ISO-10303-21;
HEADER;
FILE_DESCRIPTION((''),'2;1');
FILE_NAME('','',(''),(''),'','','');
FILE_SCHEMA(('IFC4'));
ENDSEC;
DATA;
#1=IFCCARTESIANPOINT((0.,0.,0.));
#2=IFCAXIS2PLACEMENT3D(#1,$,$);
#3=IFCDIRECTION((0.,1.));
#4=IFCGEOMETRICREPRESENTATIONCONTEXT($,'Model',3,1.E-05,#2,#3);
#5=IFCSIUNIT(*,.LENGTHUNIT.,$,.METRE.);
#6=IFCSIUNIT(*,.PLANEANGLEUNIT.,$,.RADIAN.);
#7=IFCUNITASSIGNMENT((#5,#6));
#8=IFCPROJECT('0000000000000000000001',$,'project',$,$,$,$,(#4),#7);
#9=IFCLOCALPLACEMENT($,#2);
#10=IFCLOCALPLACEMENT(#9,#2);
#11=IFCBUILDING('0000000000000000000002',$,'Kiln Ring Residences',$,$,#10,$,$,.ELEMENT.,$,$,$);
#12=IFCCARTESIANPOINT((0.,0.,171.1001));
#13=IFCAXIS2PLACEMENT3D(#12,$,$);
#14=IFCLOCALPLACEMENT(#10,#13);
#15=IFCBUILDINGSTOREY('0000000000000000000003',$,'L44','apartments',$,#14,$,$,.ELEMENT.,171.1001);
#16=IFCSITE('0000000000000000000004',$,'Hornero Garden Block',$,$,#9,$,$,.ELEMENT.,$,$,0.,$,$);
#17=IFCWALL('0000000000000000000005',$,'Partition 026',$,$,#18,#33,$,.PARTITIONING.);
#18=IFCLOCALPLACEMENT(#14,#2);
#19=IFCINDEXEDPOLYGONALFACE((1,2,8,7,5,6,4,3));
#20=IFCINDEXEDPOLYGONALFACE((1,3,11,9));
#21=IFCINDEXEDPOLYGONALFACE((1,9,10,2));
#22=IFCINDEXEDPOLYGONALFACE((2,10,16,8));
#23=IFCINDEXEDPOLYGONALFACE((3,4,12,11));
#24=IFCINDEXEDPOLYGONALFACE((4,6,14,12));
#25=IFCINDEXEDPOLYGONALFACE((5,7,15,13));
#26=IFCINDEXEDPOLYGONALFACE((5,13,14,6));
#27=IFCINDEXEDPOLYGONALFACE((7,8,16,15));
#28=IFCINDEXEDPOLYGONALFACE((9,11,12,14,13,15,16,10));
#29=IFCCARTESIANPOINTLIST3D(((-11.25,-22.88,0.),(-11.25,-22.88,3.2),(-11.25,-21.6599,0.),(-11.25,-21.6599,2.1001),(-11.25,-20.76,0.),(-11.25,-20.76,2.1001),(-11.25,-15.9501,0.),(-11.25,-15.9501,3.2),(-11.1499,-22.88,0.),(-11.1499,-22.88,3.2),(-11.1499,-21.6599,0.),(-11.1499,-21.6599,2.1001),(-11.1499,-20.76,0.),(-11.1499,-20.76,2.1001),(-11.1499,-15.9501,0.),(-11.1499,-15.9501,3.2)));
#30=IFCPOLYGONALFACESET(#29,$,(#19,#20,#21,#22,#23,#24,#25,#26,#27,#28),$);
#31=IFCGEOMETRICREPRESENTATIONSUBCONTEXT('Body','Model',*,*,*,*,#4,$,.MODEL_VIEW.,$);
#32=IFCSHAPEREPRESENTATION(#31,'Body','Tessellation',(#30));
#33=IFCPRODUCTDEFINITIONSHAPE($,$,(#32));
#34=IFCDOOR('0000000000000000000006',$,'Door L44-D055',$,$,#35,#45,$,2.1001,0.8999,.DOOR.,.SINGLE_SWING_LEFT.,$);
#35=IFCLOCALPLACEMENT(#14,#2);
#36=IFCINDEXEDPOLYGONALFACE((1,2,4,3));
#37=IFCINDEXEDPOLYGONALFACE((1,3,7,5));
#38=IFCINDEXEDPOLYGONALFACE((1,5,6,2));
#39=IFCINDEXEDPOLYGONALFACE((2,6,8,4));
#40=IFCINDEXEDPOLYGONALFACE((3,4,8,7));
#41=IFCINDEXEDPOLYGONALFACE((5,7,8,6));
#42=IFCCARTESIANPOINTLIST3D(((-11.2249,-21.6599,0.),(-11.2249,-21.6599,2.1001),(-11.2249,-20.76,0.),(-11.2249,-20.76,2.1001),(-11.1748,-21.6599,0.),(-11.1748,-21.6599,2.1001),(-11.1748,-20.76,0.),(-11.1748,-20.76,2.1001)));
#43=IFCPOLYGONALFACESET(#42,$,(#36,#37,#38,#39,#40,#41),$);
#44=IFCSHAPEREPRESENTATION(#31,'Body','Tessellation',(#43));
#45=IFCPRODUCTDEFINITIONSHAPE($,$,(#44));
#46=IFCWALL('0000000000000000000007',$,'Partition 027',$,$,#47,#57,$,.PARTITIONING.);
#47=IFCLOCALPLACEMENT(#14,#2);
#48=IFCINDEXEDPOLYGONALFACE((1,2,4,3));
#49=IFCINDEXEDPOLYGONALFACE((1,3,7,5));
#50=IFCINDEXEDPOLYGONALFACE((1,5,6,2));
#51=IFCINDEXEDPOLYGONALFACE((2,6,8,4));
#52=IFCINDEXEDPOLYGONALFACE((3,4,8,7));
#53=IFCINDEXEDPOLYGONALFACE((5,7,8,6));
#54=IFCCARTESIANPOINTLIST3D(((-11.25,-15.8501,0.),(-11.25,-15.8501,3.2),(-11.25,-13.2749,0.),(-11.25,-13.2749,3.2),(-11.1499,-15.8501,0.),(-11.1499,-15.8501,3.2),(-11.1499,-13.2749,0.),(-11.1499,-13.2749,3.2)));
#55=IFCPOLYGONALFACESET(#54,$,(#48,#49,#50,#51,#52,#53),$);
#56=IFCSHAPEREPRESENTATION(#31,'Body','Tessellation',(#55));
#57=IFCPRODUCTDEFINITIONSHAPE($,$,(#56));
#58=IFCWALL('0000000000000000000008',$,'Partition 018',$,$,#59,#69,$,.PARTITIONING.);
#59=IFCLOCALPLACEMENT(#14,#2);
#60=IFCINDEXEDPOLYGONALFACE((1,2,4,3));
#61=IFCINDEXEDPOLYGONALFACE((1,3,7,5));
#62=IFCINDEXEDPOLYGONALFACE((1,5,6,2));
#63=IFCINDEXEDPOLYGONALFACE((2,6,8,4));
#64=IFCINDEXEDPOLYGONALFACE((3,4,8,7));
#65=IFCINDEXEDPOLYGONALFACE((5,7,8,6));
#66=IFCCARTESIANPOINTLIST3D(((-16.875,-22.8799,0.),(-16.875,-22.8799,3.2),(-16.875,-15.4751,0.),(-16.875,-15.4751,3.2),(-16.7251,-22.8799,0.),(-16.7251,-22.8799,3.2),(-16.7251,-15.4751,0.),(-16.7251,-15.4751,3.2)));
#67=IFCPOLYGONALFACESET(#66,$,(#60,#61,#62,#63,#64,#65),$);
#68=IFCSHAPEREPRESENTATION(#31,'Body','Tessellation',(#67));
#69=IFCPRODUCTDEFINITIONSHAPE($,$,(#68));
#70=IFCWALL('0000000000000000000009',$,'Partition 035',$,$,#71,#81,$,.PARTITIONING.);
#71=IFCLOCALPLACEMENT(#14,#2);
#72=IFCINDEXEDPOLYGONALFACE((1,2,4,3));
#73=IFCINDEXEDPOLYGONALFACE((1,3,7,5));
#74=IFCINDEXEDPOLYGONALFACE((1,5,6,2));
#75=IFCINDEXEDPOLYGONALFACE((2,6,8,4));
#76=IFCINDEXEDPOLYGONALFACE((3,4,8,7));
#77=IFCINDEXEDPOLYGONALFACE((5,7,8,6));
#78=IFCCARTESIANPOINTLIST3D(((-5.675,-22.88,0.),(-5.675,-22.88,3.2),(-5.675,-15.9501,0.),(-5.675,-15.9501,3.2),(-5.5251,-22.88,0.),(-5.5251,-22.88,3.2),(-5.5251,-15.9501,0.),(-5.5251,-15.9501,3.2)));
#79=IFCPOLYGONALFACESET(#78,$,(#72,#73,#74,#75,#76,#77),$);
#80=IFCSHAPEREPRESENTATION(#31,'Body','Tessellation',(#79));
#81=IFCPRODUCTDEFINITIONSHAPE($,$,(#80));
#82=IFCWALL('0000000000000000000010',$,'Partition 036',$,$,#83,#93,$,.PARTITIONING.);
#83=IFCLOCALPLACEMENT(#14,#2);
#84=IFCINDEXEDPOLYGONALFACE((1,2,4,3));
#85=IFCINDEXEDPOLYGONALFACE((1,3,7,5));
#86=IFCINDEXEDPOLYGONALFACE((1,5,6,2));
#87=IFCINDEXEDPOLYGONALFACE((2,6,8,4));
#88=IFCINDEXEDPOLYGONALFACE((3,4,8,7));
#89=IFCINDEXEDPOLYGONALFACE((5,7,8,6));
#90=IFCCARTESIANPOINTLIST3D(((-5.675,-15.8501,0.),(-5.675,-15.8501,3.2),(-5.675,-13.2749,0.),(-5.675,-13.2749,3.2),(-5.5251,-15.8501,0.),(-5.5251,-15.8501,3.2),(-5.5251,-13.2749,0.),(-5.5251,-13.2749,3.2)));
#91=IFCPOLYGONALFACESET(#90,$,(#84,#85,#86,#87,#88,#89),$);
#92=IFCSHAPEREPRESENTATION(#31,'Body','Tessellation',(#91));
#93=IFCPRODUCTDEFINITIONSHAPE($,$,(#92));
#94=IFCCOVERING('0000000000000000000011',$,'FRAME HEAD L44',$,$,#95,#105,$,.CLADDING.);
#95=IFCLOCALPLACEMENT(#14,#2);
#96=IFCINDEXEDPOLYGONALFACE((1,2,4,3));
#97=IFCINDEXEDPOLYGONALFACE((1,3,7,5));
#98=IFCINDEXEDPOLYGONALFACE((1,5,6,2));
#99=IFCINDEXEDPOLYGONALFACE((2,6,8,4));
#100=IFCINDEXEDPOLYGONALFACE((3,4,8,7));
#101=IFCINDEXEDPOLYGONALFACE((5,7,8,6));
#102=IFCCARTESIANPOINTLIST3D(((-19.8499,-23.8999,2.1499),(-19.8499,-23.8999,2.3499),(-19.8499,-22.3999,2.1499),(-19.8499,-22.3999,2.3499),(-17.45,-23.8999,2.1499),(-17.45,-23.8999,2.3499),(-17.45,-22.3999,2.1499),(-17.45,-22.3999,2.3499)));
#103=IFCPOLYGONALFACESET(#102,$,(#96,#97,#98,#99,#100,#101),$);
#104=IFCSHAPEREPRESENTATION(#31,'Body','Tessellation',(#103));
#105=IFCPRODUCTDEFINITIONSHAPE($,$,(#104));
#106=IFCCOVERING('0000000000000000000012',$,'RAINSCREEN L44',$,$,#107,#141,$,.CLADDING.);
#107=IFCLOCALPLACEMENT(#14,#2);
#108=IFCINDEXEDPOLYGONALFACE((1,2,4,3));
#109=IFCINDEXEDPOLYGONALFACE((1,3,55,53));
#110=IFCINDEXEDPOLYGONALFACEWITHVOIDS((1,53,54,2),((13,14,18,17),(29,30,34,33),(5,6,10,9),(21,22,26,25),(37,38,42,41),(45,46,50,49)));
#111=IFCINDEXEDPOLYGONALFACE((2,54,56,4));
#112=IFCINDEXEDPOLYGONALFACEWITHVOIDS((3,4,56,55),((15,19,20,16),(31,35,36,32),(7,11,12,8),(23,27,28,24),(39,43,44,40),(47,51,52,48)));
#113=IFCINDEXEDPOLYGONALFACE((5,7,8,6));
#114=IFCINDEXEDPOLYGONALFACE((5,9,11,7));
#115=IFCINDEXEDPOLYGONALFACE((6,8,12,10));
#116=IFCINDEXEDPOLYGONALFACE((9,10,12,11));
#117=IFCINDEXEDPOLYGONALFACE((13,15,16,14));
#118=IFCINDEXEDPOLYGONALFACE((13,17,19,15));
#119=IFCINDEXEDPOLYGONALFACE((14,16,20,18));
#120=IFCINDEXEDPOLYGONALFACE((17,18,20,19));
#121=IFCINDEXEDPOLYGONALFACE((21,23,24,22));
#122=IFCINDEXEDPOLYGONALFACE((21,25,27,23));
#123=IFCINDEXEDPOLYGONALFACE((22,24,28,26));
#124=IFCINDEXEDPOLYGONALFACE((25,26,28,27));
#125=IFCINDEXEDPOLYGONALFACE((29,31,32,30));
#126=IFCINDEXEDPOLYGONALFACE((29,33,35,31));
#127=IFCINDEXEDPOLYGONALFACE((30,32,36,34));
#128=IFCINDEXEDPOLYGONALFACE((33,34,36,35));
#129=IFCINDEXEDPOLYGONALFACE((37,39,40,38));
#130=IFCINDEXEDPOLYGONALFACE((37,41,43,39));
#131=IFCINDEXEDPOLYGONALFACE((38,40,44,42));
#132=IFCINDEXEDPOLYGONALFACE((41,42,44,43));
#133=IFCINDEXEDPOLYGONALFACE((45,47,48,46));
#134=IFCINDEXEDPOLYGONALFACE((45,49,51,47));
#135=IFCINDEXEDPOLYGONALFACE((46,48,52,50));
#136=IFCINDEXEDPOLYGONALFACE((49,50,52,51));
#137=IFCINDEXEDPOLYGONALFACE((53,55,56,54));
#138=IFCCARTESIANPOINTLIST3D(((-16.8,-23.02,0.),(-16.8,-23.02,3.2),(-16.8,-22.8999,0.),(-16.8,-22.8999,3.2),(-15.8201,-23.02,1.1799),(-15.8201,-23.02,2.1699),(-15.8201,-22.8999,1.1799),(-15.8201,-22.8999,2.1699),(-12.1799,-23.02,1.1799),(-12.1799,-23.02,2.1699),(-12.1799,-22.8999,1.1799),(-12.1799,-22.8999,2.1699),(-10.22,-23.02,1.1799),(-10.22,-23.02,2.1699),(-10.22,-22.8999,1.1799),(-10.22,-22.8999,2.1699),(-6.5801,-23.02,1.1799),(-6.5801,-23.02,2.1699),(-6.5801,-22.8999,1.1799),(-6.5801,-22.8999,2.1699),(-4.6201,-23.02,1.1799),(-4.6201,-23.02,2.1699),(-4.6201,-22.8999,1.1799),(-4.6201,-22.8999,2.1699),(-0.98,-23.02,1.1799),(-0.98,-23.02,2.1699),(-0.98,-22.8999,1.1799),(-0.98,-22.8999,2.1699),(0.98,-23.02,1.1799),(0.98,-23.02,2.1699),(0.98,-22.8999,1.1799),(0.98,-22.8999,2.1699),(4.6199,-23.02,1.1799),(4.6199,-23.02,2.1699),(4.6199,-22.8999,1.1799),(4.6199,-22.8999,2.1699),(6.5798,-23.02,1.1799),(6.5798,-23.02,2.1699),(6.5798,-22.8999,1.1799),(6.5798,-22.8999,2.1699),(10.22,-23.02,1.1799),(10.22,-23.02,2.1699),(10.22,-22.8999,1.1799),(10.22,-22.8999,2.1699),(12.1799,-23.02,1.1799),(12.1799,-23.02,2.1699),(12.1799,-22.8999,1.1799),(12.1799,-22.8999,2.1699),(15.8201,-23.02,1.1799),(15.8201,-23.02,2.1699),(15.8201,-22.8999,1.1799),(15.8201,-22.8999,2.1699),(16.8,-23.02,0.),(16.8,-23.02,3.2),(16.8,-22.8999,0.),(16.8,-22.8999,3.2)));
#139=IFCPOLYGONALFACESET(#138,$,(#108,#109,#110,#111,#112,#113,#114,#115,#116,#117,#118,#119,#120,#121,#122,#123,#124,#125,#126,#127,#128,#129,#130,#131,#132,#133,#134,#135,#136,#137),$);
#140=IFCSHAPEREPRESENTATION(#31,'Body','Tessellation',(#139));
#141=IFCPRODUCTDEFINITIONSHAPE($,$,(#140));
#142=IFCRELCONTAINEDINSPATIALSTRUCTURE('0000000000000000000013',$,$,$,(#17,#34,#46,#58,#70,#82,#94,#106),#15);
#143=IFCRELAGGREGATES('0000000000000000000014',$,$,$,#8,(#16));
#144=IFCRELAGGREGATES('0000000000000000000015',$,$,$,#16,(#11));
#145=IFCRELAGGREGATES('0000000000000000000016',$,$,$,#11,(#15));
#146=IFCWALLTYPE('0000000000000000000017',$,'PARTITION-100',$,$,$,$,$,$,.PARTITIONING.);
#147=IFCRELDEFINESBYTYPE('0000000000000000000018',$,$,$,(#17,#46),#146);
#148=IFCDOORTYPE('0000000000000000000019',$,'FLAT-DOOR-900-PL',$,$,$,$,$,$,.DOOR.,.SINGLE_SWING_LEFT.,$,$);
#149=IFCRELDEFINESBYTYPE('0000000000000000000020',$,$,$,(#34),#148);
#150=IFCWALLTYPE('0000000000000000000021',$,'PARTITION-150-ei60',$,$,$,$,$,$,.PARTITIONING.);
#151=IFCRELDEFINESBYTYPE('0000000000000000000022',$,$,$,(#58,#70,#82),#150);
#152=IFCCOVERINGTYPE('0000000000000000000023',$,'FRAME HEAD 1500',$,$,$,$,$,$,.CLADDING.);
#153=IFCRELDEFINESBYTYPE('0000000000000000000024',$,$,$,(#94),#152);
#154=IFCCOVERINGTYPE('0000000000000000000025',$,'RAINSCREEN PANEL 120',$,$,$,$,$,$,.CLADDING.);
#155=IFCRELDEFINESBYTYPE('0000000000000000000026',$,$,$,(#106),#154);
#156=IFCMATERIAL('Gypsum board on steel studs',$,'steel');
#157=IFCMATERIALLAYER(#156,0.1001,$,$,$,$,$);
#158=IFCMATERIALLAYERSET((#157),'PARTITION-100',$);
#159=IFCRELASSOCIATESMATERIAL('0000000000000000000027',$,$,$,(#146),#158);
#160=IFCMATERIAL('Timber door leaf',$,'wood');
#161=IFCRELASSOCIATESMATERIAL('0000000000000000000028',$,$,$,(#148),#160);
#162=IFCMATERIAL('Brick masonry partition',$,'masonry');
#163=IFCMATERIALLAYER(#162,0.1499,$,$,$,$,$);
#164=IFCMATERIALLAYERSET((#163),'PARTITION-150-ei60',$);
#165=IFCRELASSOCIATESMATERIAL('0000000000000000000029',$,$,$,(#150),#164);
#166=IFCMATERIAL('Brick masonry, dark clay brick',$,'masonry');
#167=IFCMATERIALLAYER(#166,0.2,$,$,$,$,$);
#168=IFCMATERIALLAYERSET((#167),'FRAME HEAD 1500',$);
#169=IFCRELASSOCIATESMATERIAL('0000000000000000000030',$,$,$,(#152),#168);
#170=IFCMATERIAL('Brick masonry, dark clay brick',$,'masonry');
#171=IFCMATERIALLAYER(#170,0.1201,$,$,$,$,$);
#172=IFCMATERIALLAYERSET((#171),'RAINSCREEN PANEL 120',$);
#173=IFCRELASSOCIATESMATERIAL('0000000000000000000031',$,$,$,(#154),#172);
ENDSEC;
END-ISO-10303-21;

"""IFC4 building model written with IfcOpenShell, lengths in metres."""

from ifc_helpers import new_model, si_unit, direction, frame, frame_2d, origin, origin_2d, place, context, subcontext, project, spatial, polyline, rectangle, outline, extrude, material, layer, layer_set, type_object, element, fill, save


model = new_model("IFC4")

# Units and contexts
model_context = context("Model", 3, precision=1e-05, world=origin(), true_north=direction((0.0, 1.0)))
body_context = subcontext(model_context, "Body", "Model", "MODEL_VIEW")
ifc_project = project(units=[si_unit("LENGTHUNIT", "METRE"), si_unit("PLANEANGLEUNIT", "RADIAN")], contexts=[model_context])

# Site, building, storey
site_placement = place(None, origin())
site = spatial("IfcSite", under=ifc_project, at=site_placement, Name="Hornero Garden Block", CompositionType="ELEMENT", RefElevation=0.0)
building_placement = place(site_placement, origin())
building = spatial("IfcBuilding", under=site, at=building_placement, Name="Kiln Ring Residences", CompositionType="ELEMENT")
storey_placement = place(building_placement, frame((0.0, 0.0, 171.1001)))
storey = spatial("IfcBuildingStorey", under=building, at=storey_placement, Name="L44", Description="apartments", CompositionType="ELEMENT", Elevation=171.1001)

# Shared definitions
ifc_material_1 = material(Name="Gypsum board on steel studs", Category="steel")
ifc_layer_1 = layer(ifc_material_1, 0.1001)
ifc_layer_set_1 = layer_set([ifc_layer_1], Name="PARTITION-100")
wall_type_1 = type_object("IfcWallType", Name="PARTITION-100", PredefinedType="PARTITIONING", material=ifc_layer_set_1)
ifc_material_2 = material(Name="Timber door leaf", Category="wood")
door_type_1 = type_object("IfcDoorType", Name="FLAT-DOOR-900-PL", OperationType="SINGLE_SWING_LEFT", PredefinedType="DOOR", material=ifc_material_2)

# Wall, opening, door
wall_1_placement = place(storey_placement, frame((-11.2, -22.8799, 0.0), z_axis=(0.0, 0.0, 1.0), x_axis=(0.0, 1.0, 0.0)))
wall_1 = element("IfcWall", 1, at=wall_1_placement, inside=storey, type_object=wall_type_1, Name="Partition 026", PredefinedType="PARTITIONING", context=body_context, shape_type="SweptSolid", body=[
    extrude(rectangle(XDim=6.9299, YDim=0.1001, at=frame_2d((3.4648, 0.0))), origin(), (0.0, 0.0, 1.0), 3.2),
])
opening_1_placement = place(wall_1_placement, frame((1.22, 0.0, 0.0)))
opening_1 = element("IfcOpeningElement", 2, at=opening_1_placement, cuts=wall_1, PredefinedType="OPENING", context=body_context, shape_type="SweptSolid", body=[
    extrude(rectangle(XDim=0.8999, YDim=2.1001, at=frame_2d((0.45, 1.05))), frame((0.0, 0.0601, 0.0), z_axis=(0.0, -1.0, 0.0), x_axis=(1.0, 0.0, 0.0)), (0.0, 0.0, 1.0), 0.1201),
])
door_1_placement = place(opening_1_placement, origin())
door_1 = element("IfcDoor", 3, at=door_1_placement, inside=storey, type_object=door_type_1, Name="Door L44-D055", OperationType="SINGLE_SWING_LEFT", OverallHeight=2.1001, OverallWidth=0.8999, PredefinedType="DOOR", context=body_context, shape_type="SweptSolid", body=[
    extrude(rectangle(XDim=0.8999, YDim=2.1001, at=frame_2d((0.45, 1.05))), frame((0.0, 0.0249, 0.0), z_axis=(0.0, -1.0, 0.0), x_axis=(1.0, 0.0, 0.0)), (0.0, 0.0, 1.0), 0.05),
])
fill(opening_1, door_1)

# Walls
wall_2_placement = place(storey_placement, frame((-11.2, -15.8501, 0.0), z_axis=(0.0, 0.0, 1.0), x_axis=(0.0, 1.0, 0.0)))
element("IfcWall", 4, at=wall_2_placement, inside=storey, type_object=wall_type_1, Name="Partition 027", PredefinedType="PARTITIONING", context=body_context, shape_type="SweptSolid", body=[
    extrude(rectangle(XDim=2.5752, YDim=0.1001, at=frame_2d((1.2876, 0.0))), origin(), (0.0, 0.0, 1.0), 3.2),
])
ifc_material_3 = material(Name="Brick masonry partition", Category="masonry")
ifc_layer_2 = layer(ifc_material_3, 0.1499)
ifc_layer_set_2 = layer_set([ifc_layer_2], Name="PARTITION-150-ei60")
wall_type_2 = type_object("IfcWallType", Name="PARTITION-150-ei60", PredefinedType="PARTITIONING", material=ifc_layer_set_2)
wall_3_placement = place(storey_placement, frame((-16.8, -22.8799, 0.0), z_axis=(0.0, 0.0, 1.0), x_axis=(0.0, 1.0, 0.0)))
element("IfcWall", 5, at=wall_3_placement, inside=storey, type_object=wall_type_2, Name="Partition 018", PredefinedType="PARTITIONING", context=body_context, shape_type="SweptSolid", body=[
    extrude(rectangle(XDim=7.4048, YDim=0.1499, at=frame_2d((3.7024, 0.0))), origin(), (0.0, 0.0, 1.0), 3.2),
])
wall_4_placement = place(storey_placement, frame((-5.6001, -22.8799, 0.0), z_axis=(0.0, 0.0, 1.0), x_axis=(0.0, 1.0, 0.0)))
element("IfcWall", 6, at=wall_4_placement, inside=storey, type_object=wall_type_2, Name="Partition 035", PredefinedType="PARTITIONING", context=body_context, shape_type="SweptSolid", body=[
    extrude(rectangle(XDim=6.9299, YDim=0.1499, at=frame_2d((3.4648, 0.0))), origin(), (0.0, 0.0, 1.0), 3.2),
])
wall_5_placement = place(storey_placement, frame((-5.6001, -15.8501, 0.0), z_axis=(0.0, 0.0, 1.0), x_axis=(0.0, 1.0, 0.0)))
element("IfcWall", 7, at=wall_5_placement, inside=storey, type_object=wall_type_2, Name="Partition 036", PredefinedType="PARTITIONING", context=body_context, shape_type="SweptSolid", body=[
    extrude(rectangle(XDim=2.5752, YDim=0.1499, at=frame_2d((1.2876, 0.0))), origin(), (0.0, 0.0, 1.0), 3.2),
])

# Coverings
ifc_material_4 = material(Name="Brick masonry, dark clay brick", Category="masonry")
ifc_layer_3 = layer(ifc_material_4, 0.2)
ifc_layer_set_3 = layer_set([ifc_layer_3], Name="FRAME HEAD 1500")
covering_type_1 = type_object("IfcCoveringType", Name="FRAME HEAD 1500", PredefinedType="CLADDING", material=ifc_layer_set_3)
covering_1_placement = place(storey_placement, frame((-18.6499, -23.1499, 2.1499), z_axis=(0.0, 0.0, 1.0), x_axis=(1.0, 0.0, 0.0)))
element("IfcCovering", 8, at=covering_1_placement, inside=storey, type_object=covering_type_1, Name="FRAME HEAD L44", PredefinedType="CLADDING", context=body_context, shape_type="SweptSolid", body=[
    extrude(rectangle(XDim=2.3999, YDim=1.5, at=origin_2d()), origin(), (0.0, 0.0, 1.0), 0.2),
])
ifc_material_5 = material(Name="Brick masonry, dark clay brick", Category="masonry")
ifc_layer_4 = layer(ifc_material_5, 0.1201)
ifc_layer_set_4 = layer_set([ifc_layer_4], Name="RAINSCREEN PANEL 120")
covering_type_2 = type_object("IfcCoveringType", Name="RAINSCREEN PANEL 120", PredefinedType="CLADDING", material=ifc_layer_set_4)
covering_2_placement = place(storey_placement, frame((-16.8, -22.96, 0.0), z_axis=(0.0, 0.0, 1.0), x_axis=(1.0, 0.0, 0.0)))
element("IfcCovering", 9, at=covering_2_placement, inside=storey, type_object=covering_type_2, Name="RAINSCREEN L44", PredefinedType="CLADDING", context=body_context, shape_type="SweptSolid", body=[
    extrude(outline(polyline([(0.0, 0.0), (33.6001, 0.0), (33.6001, 3.2), (0.0, 3.2), (0.0, 0.0)]), holes=[polyline([(4.6201, 1.1799), (4.6201, 2.1699), (0.98, 2.1699), (0.98, 1.1799), (4.6201, 1.1799)]), polyline([(6.5801, 1.1799), (10.22, 1.1799), (10.22, 2.1699), (6.5801, 2.1699), (6.5801, 1.1799)]), polyline([(12.1799, 1.1799), (15.8201, 1.1799), (15.8201, 2.1699), (12.1799, 2.1699), (12.1799, 1.1799)]), polyline([(21.4199, 1.1799), (21.4199, 2.1699), (17.78, 2.1699), (17.78, 1.1799), (21.4199, 1.1799)]), polyline([(23.3799, 1.1799), (27.02, 1.1799), (27.02, 2.1699), (23.3799, 2.1699), (23.3799, 1.1799)]), polyline([(28.98, 1.1799), (32.6201, 1.1799), (32.6201, 2.1699), (28.98, 2.1699), (28.98, 1.1799)])]), frame((0.0, 0.0601, 0.0), z_axis=(0.0, -1.0, 0.0), x_axis=(1.0, 0.0, 0.0)), (0.0, 0.0, 1.0), 0.1201),
])

save(model, "model.ifc")
